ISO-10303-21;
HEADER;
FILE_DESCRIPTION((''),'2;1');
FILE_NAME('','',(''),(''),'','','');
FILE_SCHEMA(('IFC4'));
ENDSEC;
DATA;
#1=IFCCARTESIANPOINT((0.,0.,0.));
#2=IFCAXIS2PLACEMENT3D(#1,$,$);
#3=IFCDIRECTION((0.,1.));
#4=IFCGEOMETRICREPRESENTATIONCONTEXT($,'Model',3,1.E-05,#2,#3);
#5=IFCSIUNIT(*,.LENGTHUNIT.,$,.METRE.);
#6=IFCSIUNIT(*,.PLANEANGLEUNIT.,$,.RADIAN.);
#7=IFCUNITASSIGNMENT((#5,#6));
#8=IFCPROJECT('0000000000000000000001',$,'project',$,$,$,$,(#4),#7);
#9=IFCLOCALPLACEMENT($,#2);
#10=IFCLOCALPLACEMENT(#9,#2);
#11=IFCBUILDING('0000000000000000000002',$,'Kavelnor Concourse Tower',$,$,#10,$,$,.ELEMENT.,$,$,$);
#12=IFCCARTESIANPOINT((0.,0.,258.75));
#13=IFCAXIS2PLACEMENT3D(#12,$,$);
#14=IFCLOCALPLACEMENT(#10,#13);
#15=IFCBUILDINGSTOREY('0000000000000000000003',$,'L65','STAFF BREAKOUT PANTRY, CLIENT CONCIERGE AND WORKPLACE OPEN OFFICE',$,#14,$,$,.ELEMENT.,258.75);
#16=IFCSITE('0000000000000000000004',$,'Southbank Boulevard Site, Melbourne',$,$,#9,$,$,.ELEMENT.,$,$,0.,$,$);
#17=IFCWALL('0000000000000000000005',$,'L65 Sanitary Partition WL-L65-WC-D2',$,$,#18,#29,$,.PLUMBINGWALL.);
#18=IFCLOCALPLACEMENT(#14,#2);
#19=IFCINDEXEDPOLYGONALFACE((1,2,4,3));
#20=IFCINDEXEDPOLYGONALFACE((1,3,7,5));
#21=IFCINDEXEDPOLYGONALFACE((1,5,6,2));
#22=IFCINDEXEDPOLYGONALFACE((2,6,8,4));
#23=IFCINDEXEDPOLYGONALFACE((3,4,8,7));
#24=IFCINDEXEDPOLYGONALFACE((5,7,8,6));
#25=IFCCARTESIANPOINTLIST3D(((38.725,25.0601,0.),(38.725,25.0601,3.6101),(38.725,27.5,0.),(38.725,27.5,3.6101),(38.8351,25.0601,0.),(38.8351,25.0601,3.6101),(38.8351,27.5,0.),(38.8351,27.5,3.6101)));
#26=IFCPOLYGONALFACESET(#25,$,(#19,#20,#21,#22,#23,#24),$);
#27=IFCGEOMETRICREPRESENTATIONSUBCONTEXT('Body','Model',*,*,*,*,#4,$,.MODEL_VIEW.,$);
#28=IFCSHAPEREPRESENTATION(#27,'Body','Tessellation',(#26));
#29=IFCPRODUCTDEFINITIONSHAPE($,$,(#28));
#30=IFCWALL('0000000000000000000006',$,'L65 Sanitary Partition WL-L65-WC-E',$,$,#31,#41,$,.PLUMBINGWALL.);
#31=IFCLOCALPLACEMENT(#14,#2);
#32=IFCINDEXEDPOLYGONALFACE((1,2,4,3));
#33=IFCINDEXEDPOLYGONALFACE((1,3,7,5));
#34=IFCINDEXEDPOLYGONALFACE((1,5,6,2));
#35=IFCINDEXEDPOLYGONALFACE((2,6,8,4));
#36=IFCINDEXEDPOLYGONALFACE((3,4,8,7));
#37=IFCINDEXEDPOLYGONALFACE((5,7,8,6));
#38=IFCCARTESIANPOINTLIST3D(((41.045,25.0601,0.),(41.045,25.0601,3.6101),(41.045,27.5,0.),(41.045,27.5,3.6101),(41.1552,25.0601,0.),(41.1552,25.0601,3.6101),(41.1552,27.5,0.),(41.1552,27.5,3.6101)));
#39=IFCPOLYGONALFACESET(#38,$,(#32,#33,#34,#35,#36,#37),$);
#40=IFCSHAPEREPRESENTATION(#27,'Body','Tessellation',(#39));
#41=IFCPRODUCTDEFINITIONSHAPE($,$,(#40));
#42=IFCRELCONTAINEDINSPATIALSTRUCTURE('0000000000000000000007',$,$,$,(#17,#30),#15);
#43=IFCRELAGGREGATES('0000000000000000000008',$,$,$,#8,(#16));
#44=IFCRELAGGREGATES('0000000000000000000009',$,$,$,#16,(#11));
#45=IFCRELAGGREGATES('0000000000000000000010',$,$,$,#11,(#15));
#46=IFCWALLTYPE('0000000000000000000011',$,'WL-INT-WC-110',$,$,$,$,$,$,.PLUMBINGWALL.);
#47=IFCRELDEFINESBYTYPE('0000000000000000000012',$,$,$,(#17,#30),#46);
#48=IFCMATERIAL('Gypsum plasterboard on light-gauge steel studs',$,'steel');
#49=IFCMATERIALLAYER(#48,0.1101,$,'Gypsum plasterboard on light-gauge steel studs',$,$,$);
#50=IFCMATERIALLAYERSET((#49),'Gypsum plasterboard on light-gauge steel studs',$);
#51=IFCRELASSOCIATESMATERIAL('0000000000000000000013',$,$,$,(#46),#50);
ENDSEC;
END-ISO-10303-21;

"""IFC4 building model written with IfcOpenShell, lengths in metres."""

from ifc_helpers import new_model, si_unit, direction, frame, frame_2d, origin, place, context, subcontext, project, spatial, rectangle, extrude, material, layer, layer_set, type_object, element, save


model = new_model("IFC4")

# Units and contexts
model_context = context("Model", 3, precision=1e-05, world=origin(), true_north=direction((0.0, 1.0)))
body_context = subcontext(model_context, "Body", "Model", "MODEL_VIEW")
ifc_project = project(units=[si_unit("LENGTHUNIT", "METRE"), si_unit("PLANEANGLEUNIT", "RADIAN")], contexts=[model_context])

# Site, building, storey
site_placement = place(None, origin())
site = spatial("IfcSite", under=ifc_project, at=site_placement, Name="Southbank Boulevard Site, Melbourne", CompositionType="ELEMENT", RefElevation=0.0)
building_placement = place(site_placement, origin())
building = spatial("IfcBuilding", under=site, at=building_placement, Name="Kavelnor Concourse Tower", CompositionType="ELEMENT")
storey_placement = place(building_placement, frame((0.0, 0.0, 258.75)))
storey = spatial("IfcBuildingStorey", under=building, at=storey_placement, Name="L65", Description="STAFF BREAKOUT PANTRY, CLIENT CONCIERGE AND WORKPLACE OPEN OFFICE", CompositionType="ELEMENT", Elevation=258.75)

# Walls
ifc_material_1 = material(Name="Gypsum plasterboard on light-gauge steel studs", Category="steel")
ifc_layer_1 = layer(ifc_material_1, 0.1101, Name="Gypsum plasterboard on light-gauge steel studs")
ifc_layer_set_1 = layer_set([ifc_layer_1], Name="Gypsum plasterboard on light-gauge steel studs")
wall_type_1 = type_object("IfcWallType", Name="WL-INT-WC-110", PredefinedType="PLUMBINGWALL", material=ifc_layer_set_1)
for number, where, z_axis, x_axis, name in (
    (1, (38.78, 25.0601, 0.0), (0.0, 0.0, 1.0), (0.0, 1.0, 0.0), "L65 Sanitary Partition WL-L65-WC-D2"),
    (2, (41.1001, 25.0601, 0.0), (0.0, 0.0, 1.0), (0.0, 1.0, 0.0), "L65 Sanitary Partition WL-L65-WC-E"),
):
    element("IfcWall", number, at=place(storey_placement, frame(where, z_axis=z_axis, x_axis=x_axis)), inside=storey, type_object=wall_type_1, Name=name, PredefinedType="PLUMBINGWALL", context=body_context, shape_type="SweptSolid", body=[
        extrude(rectangle(XDim=2.4399, YDim=0.1101, at=frame_2d((1.22, 0.0))), origin(), (0.0, 0.0, 1.0), 3.6101),
    ])

save(model, "model.ifc")
